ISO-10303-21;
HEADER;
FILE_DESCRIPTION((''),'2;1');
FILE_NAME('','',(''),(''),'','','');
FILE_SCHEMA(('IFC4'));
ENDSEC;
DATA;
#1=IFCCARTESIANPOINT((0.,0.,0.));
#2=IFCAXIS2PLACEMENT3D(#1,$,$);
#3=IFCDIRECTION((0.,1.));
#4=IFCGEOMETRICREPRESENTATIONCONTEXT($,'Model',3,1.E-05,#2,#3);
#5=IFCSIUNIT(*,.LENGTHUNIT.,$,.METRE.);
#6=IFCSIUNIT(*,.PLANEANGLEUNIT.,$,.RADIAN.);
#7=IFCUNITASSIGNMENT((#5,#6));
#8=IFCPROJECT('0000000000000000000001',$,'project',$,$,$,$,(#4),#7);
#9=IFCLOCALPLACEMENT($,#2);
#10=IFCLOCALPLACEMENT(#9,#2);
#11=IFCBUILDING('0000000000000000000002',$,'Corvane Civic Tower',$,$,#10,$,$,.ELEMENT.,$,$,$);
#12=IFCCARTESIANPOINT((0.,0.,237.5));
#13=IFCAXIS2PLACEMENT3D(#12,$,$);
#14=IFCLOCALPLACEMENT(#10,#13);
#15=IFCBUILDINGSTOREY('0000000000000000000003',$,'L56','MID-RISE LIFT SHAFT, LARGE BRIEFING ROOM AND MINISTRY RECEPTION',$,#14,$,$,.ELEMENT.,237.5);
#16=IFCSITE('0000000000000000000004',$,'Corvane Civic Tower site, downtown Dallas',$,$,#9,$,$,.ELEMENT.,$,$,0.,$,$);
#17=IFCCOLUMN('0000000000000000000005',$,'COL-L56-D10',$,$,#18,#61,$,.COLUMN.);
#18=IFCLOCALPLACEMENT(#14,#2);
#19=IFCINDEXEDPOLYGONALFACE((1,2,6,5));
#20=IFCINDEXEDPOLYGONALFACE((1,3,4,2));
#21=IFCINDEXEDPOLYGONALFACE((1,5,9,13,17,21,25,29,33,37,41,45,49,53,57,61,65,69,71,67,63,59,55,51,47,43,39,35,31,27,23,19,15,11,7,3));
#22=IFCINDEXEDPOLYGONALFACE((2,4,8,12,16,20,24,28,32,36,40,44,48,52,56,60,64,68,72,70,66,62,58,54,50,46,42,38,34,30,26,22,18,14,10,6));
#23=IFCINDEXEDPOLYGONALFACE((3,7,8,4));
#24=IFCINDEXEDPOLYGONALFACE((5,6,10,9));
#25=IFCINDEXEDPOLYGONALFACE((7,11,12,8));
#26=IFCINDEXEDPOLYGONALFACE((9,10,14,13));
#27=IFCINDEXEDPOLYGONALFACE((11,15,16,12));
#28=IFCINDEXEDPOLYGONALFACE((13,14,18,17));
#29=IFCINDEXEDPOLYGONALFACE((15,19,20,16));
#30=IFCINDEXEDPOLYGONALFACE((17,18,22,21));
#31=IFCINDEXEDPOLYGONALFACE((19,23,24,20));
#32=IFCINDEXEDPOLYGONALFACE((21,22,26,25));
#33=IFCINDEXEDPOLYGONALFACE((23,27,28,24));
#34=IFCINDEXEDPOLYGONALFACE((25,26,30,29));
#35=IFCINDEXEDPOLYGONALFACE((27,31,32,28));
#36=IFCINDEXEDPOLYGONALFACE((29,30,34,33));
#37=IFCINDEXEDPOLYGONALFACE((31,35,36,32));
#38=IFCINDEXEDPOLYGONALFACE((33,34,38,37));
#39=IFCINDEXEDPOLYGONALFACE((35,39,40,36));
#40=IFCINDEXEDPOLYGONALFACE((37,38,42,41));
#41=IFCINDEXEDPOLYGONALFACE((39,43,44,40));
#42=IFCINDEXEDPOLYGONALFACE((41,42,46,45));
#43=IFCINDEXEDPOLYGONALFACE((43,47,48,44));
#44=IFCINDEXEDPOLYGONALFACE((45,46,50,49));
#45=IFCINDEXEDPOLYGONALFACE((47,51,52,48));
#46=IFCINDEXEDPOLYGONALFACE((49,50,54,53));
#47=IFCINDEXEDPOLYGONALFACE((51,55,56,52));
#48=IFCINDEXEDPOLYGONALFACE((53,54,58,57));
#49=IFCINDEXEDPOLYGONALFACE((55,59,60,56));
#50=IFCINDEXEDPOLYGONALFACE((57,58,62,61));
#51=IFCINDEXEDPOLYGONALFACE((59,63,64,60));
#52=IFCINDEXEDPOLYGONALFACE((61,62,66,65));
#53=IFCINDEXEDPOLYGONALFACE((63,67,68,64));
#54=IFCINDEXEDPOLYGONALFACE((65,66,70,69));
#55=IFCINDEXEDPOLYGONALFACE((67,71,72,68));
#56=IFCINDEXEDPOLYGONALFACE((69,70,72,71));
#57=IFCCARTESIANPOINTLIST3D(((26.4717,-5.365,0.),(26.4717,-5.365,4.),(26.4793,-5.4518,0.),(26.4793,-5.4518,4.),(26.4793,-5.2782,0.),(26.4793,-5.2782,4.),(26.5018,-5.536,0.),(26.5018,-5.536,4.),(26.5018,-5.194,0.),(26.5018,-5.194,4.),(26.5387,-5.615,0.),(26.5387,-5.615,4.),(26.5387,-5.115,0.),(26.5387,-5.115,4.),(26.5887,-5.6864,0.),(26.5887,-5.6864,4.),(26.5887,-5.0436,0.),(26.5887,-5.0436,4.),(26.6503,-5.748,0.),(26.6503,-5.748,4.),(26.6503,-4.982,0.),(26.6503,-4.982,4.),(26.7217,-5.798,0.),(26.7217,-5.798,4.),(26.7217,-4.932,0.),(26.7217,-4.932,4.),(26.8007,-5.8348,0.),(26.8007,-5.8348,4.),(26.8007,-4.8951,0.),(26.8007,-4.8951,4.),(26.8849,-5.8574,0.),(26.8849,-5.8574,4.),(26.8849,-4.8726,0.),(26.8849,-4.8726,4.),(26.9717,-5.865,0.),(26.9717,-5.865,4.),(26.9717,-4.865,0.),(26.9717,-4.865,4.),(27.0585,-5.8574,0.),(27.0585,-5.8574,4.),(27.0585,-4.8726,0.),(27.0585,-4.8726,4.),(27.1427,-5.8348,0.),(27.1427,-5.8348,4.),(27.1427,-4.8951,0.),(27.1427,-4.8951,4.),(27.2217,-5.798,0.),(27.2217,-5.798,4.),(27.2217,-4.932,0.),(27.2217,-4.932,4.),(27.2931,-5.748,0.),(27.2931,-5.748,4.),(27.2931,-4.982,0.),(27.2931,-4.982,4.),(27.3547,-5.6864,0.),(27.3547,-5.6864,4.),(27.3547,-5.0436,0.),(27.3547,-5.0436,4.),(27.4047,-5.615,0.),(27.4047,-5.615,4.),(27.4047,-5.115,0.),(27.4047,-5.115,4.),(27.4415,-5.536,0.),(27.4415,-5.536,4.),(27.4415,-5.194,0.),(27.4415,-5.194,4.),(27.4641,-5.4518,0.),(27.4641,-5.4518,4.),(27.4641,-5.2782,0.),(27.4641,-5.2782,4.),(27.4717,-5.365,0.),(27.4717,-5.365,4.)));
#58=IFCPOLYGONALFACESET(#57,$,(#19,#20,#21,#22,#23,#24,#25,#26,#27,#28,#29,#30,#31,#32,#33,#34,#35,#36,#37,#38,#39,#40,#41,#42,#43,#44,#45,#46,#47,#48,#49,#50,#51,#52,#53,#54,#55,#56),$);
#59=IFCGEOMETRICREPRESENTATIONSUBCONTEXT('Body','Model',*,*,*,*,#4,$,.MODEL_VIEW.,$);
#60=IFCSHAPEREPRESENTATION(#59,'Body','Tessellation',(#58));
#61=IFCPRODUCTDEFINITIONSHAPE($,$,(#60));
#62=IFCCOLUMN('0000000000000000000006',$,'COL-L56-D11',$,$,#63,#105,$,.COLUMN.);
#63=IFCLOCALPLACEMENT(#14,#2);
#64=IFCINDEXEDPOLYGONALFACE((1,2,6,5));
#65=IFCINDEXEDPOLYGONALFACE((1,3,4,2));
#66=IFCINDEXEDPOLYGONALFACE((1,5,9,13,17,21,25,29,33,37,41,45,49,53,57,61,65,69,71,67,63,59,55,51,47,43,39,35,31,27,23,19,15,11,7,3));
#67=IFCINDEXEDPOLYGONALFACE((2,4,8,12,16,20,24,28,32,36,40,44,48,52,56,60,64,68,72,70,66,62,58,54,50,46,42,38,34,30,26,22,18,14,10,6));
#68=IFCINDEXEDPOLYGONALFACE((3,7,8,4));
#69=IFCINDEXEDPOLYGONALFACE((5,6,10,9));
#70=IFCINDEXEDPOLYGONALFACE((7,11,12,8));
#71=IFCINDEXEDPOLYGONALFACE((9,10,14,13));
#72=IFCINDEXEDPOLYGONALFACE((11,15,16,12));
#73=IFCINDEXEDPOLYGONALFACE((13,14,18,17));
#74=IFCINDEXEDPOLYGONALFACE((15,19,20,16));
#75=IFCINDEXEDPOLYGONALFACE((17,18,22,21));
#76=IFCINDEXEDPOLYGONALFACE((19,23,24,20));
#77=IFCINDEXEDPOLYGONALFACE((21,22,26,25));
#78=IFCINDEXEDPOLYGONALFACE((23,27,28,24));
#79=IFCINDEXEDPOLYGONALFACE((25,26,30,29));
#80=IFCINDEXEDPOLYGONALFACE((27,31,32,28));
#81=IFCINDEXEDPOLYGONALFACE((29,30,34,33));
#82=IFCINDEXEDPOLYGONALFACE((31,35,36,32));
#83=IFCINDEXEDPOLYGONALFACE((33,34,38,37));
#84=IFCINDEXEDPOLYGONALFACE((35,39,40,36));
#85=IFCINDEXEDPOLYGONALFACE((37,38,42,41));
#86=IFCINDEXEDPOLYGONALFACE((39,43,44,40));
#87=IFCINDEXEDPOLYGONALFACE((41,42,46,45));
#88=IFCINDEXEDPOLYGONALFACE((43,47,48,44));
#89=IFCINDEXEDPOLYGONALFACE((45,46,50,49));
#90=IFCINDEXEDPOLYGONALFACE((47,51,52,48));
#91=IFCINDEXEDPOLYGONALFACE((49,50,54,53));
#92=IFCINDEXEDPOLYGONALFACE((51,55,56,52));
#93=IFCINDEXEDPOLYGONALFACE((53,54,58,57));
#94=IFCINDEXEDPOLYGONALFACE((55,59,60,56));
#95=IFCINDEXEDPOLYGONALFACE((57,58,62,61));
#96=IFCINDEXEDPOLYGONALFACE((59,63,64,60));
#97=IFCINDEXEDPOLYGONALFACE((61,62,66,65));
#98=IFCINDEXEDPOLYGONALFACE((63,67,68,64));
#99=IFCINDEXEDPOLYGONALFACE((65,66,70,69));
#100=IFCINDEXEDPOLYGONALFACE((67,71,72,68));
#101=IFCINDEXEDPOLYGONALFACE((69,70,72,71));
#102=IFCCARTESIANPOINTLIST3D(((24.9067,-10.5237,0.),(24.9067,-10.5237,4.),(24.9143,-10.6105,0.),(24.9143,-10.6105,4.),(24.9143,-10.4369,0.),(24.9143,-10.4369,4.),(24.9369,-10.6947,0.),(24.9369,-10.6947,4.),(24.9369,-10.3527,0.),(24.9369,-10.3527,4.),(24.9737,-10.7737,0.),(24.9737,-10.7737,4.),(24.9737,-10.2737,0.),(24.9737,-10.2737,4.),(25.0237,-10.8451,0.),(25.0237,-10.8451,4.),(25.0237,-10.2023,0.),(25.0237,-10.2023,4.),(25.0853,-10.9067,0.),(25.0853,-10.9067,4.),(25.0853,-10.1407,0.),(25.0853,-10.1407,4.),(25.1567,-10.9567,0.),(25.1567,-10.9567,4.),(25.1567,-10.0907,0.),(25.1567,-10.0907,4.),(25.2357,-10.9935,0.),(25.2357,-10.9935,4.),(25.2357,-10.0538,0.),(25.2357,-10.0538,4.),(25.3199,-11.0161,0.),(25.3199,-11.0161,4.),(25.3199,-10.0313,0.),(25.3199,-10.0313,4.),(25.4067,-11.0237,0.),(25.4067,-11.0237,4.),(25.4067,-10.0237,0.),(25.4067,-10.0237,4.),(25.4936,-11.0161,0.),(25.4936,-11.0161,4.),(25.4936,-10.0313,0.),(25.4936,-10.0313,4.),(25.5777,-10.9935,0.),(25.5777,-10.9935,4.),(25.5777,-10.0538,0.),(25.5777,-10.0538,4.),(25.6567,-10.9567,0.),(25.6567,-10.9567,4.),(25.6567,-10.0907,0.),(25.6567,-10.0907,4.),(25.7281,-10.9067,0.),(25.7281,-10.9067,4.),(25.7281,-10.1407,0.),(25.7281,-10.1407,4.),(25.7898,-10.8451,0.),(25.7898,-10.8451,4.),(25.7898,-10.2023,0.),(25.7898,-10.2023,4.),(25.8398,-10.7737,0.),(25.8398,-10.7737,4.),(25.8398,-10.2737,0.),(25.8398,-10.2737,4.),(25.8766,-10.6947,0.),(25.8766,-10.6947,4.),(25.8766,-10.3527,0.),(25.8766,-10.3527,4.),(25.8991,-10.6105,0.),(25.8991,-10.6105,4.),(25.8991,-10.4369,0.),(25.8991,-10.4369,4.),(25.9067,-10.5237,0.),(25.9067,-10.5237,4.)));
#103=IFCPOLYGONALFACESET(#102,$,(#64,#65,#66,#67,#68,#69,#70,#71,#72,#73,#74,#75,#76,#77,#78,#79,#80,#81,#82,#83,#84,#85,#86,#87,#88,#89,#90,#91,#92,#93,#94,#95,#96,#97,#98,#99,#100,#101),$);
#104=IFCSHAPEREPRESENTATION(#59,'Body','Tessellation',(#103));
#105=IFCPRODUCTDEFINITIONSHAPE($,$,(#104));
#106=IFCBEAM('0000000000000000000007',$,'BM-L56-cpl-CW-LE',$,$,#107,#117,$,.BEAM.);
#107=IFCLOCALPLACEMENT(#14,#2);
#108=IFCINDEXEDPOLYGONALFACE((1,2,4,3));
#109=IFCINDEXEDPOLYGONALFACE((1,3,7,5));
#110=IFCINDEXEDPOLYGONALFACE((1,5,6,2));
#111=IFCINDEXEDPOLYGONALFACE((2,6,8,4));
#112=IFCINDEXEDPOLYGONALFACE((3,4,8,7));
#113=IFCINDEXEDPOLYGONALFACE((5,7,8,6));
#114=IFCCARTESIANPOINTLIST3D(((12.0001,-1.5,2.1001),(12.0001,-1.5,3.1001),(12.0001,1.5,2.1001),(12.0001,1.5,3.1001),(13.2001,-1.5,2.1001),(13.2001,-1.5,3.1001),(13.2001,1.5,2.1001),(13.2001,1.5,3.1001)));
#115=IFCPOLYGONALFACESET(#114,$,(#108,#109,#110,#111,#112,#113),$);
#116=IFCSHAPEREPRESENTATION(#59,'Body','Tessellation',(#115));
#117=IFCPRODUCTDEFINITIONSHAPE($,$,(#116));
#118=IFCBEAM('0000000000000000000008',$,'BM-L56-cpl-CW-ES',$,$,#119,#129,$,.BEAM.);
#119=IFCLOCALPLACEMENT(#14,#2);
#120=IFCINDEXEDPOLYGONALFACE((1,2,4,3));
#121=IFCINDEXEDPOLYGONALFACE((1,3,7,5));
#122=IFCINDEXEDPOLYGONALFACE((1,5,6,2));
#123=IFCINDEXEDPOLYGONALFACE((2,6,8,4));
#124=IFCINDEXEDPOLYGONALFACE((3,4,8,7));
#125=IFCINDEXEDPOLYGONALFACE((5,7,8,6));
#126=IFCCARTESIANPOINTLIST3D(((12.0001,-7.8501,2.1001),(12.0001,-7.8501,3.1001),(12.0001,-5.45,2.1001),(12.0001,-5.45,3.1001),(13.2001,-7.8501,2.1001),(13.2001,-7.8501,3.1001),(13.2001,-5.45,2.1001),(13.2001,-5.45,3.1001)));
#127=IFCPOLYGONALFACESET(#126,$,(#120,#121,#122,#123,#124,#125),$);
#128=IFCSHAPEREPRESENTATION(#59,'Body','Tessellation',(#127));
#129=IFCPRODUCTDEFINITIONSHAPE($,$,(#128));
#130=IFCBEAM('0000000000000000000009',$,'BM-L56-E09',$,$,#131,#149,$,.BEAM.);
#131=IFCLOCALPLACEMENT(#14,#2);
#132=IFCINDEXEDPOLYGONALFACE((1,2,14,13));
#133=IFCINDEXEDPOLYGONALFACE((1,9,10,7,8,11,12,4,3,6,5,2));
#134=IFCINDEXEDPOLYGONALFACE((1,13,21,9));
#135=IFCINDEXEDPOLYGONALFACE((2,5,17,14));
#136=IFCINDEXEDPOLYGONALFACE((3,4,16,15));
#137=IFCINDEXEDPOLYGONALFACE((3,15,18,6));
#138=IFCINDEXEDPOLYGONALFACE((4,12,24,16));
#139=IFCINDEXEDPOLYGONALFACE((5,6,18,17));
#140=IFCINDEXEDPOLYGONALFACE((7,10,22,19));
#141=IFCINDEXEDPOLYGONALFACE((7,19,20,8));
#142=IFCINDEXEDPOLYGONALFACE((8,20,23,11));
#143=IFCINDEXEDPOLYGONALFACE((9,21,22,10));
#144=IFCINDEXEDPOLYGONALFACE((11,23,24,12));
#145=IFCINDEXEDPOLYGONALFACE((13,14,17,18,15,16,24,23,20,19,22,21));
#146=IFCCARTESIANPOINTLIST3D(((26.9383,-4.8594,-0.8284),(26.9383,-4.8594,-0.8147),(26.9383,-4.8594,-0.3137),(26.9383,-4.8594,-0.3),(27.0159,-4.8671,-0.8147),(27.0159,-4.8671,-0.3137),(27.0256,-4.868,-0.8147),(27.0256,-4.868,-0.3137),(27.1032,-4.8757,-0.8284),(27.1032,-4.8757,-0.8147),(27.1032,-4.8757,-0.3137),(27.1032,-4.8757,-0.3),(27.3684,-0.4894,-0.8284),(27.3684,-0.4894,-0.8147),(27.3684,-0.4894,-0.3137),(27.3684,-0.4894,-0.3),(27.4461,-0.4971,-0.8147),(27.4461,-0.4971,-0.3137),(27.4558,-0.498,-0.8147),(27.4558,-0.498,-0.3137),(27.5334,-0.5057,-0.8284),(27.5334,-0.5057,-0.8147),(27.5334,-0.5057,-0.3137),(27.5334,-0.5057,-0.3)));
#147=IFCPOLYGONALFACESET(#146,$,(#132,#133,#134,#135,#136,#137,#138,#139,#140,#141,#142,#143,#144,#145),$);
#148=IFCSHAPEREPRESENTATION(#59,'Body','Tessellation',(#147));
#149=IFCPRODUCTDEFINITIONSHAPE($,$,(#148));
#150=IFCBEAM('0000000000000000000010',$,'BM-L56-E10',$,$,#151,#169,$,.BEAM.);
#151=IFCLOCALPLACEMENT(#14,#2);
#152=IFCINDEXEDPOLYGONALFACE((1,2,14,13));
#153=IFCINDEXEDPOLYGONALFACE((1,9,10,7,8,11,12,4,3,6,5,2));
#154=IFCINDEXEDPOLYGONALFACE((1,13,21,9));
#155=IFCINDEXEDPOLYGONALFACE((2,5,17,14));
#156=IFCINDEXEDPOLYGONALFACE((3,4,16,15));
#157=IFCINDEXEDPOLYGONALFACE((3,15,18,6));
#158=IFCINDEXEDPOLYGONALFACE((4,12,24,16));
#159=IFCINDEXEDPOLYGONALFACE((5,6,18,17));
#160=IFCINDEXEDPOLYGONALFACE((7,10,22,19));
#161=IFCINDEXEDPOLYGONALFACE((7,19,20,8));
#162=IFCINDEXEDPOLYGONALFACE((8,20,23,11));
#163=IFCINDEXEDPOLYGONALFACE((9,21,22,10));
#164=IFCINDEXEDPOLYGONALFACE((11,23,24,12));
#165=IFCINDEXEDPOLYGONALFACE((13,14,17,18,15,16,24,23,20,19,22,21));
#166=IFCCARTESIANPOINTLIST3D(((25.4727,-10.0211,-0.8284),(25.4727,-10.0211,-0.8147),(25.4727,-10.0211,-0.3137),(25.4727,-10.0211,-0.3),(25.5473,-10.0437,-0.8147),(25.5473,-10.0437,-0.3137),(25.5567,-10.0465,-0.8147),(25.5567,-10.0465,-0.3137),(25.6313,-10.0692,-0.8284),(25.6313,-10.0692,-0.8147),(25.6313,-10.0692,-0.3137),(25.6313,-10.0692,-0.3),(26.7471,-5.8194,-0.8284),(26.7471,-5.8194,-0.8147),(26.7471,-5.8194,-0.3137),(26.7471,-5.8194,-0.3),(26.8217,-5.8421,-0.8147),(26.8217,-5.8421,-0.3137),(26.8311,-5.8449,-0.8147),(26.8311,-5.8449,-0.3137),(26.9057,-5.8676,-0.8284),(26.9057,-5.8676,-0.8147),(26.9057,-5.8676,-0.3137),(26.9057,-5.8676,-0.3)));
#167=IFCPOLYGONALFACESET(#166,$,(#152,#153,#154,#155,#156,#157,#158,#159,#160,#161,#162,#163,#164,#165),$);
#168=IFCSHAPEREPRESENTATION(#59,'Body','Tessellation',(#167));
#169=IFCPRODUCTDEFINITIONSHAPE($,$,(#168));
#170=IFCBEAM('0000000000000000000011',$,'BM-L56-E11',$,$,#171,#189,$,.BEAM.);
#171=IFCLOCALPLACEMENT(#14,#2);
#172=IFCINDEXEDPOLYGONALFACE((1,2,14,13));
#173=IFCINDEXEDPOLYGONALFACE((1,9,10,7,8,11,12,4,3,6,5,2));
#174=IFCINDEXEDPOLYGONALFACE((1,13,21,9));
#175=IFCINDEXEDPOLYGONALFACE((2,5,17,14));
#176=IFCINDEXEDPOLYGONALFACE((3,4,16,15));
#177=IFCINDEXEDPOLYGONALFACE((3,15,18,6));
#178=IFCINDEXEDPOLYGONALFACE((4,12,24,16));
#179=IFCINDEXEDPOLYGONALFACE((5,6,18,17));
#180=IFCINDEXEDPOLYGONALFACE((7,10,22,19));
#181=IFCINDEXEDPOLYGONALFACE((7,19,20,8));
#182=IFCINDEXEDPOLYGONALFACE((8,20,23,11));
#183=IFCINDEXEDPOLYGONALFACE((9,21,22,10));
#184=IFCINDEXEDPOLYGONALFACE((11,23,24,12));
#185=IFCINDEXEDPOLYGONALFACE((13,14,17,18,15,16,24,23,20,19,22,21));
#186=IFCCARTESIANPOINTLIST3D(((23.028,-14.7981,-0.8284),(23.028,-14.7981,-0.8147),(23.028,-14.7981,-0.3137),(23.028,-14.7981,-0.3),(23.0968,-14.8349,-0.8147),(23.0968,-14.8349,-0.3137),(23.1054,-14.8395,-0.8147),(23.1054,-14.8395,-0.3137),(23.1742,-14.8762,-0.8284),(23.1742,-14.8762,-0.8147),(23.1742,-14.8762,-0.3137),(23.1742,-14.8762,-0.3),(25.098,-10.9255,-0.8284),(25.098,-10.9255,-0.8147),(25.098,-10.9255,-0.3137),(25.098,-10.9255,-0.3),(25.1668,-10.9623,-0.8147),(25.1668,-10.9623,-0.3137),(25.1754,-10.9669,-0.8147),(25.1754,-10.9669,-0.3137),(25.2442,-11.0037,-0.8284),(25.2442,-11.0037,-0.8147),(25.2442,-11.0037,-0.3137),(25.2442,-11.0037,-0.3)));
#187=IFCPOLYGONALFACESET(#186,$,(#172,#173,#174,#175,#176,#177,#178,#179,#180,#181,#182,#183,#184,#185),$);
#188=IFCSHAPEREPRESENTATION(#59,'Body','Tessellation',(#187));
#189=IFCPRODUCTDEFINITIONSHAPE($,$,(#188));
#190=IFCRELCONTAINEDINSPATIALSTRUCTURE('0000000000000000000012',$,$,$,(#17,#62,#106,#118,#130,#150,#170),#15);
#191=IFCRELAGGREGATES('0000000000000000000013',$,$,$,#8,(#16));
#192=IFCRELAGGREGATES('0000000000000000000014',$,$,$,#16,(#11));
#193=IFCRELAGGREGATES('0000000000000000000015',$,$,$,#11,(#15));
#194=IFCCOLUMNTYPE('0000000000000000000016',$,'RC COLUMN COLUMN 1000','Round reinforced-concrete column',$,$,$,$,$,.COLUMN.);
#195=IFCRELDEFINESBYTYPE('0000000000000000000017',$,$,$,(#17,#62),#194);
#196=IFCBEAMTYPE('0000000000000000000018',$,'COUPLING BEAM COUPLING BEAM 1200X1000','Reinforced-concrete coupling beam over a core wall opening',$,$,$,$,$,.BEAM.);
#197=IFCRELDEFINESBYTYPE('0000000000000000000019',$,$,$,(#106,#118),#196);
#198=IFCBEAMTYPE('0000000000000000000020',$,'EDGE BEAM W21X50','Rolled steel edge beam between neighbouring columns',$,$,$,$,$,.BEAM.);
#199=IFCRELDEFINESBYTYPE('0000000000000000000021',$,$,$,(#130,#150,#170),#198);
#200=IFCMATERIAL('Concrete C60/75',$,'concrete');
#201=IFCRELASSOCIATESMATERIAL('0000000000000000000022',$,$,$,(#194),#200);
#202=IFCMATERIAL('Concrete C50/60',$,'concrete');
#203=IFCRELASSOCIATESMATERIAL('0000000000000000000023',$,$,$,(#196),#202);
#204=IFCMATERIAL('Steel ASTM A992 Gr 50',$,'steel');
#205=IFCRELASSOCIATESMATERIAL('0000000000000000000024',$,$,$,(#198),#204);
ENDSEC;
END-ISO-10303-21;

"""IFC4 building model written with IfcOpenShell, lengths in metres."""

from ifc_helpers import new_model, si_unit, direction, frame, origin, origin_2d, place, context, subcontext, project, spatial, rectangle, circle, i_section, extrude, material, material_profile, profile_set, type_object, element, save


model = new_model("IFC4")

# Units and contexts
model_context = context("Model", 3, precision=1e-05, world=origin(), true_north=direction((0.0, 1.0)))
body_context = subcontext(model_context, "Body", "Model", "MODEL_VIEW")
ifc_project = project(units=[si_unit("LENGTHUNIT", "METRE"), si_unit("PLANEANGLEUNIT", "RADIAN")], contexts=[model_context])

# Site, building, storey
site_placement = place(None, origin())
site = spatial("IfcSite", under=ifc_project, at=site_placement, Name="Corvane Civic Tower site, downtown Dallas", CompositionType="ELEMENT", RefElevation=0.0)
building_placement = place(site_placement, origin())
building = spatial("IfcBuilding", under=site, at=building_placement, Name="Corvane Civic Tower", CompositionType="ELEMENT")
storey_placement = place(building_placement, frame((0.0, 0.0, 237.5)))
storey = spatial("IfcBuildingStorey", under=building, at=storey_placement, Name="L56", Description="MID-RISE LIFT SHAFT, LARGE BRIEFING ROOM AND MINISTRY RECEPTION", CompositionType="ELEMENT", Elevation=237.5)

# Columns
ifc_material_1 = material(Name="Concrete C60/75", Category="concrete")
ifc_material_profile_1 = material_profile(ifc_material_1, circle(Radius=0.5, at=origin_2d()), Name="COLUMN 1000")
ifc_profile_set_1 = profile_set([ifc_material_profile_1], Name="Concrete C60/75")
column_type = type_object("IfcColumnType", Name="RC COLUMN COLUMN 1000", Description="Round reinforced-concrete column", PredefinedType="COLUMN", material=ifc_profile_set_1)
for number, where, z_axis, x_axis, name in (
    (1, (26.9717, -5.365, 0.0), (0.0, 0.0, 1.0), (1.0, 0.0, 0.0), "COL-L56-D10"),
    (2, (25.4067, -10.5237, 0.0), (0.0, 0.0, 1.0), (1.0, 0.0, 0.0), "COL-L56-D11"),
):
    element("IfcColumn", number, at=place(storey_placement, frame(where, z_axis=z_axis, x_axis=x_axis)), inside=storey, type_object=column_type, Name=name, PredefinedType="COLUMN", context=body_context, shape_type="SweptSolid", body=[
        extrude(circle(Radius=0.5, at=origin_2d()), origin(), (0.0, 0.0, 1.0), 4.0),
    ])

# Beams
ifc_material_2 = material(Name="Concrete C50/60", Category="concrete")
ifc_material_profile_2 = material_profile(ifc_material_2, rectangle(XDim=1.2, YDim=1.0, at=origin_2d()), Name="COUPLING BEAM 1200X1000")
ifc_profile_set_2 = profile_set([ifc_material_profile_2], Name="Concrete C50/60")
beam_type_1 = type_object("IfcBeamType", Name="COUPLING BEAM COUPLING BEAM 1200X1000", Description="Reinforced-concrete coupling beam over a core wall opening", PredefinedType="BEAM", material=ifc_profile_set_2)
beam_1_placement = place(storey_placement, frame((12.6001, -1.5, 2.6001), z_axis=(0.0, 1.0, 0.0), x_axis=(-1.0, 0.0, 0.0)))
element("IfcBeam", 3, at=beam_1_placement, inside=storey, type_object=beam_type_1, Name="BM-L56-cpl-CW-LE", PredefinedType="BEAM", context=body_context, shape_type="SweptSolid", body=[
    extrude(rectangle(XDim=1.2, YDim=1.0, at=origin_2d()), origin(), (0.0, 0.0, 1.0), 3.0),
])
beam_2_placement = place(storey_placement, frame((12.6001, -7.8501, 2.6001), z_axis=(0.0, 1.0, 0.0), x_axis=(-1.0, 0.0, 0.0)))
element("IfcBeam", 4, at=beam_2_placement, inside=storey, type_object=beam_type_1, Name="BM-L56-cpl-CW-ES", PredefinedType="BEAM", context=body_context, shape_type="SweptSolid", body=[
    extrude(rectangle(XDim=1.2, YDim=1.0, at=origin_2d()), origin(), (0.0, 0.0, 1.0), 2.4001),
])
ifc_material_3 = material(Name="Steel ASTM A992 Gr 50", Category="steel")
ifc_material_profile_3 = material_profile(ifc_material_3, i_section(OverallWidth=0.1658, OverallDepth=0.5283, WebThickness=0.0098, FlangeThickness=0.0137, at=origin_2d()), Name="W21X50")
ifc_profile_set_3 = profile_set([ifc_material_profile_3], Name="Steel ASTM A992 Gr 50")
beam_type_2 = type_object("IfcBeamType", Name="EDGE BEAM W21X50", Description="Rolled steel edge beam between neighbouring columns", PredefinedType="BEAM", material=ifc_profile_set_3)
beam_3_placement = place(storey_placement, frame((27.4509, -0.4976, -0.5642), z_axis=(-0.097968, -0.99519, 0.0), x_axis=(0.99519, -0.097968, 0.0)))
element("IfcBeam", 5, at=beam_3_placement, inside=storey, type_object=beam_type_2, Name="BM-L56-E09", PredefinedType="BEAM", context=body_context, shape_type="SweptSolid", body=[
    extrude(i_section(OverallWidth=0.1658, OverallDepth=0.5283, WebThickness=0.0098, FlangeThickness=0.0137, at=origin_2d()), origin(), (0.0, 0.0, 1.0), 4.3911),
])
beam_4_placement = place(storey_placement, frame((26.8264, -5.8435, -0.5642), z_axis=(-0.290254, -0.95695, 0.0), x_axis=(0.95695, -0.290254, 0.0)))
element("IfcBeam", 6, at=beam_4_placement, inside=storey, type_object=beam_type_2, Name="BM-L56-E10", PredefinedType="BEAM", context=body_context, shape_type="SweptSolid", body=[
    extrude(i_section(OverallWidth=0.1658, OverallDepth=0.5283, WebThickness=0.0098, FlangeThickness=0.0137, at=origin_2d()), origin(), (0.0, 0.0, 1.0), 4.3906),
])
beam_5_placement = place(storey_placement, frame((25.1711, -10.9646, -0.5642), z_axis=(-0.471422, -0.881908, 0.0), x_axis=(0.881908, -0.471422, 0.0)))
element("IfcBeam", 7, at=beam_5_placement, inside=storey, type_object=beam_type_2, Name="BM-L56-E11", PredefinedType="BEAM", context=body_context, shape_type="SweptSolid", body=[
    extrude(i_section(OverallWidth=0.1658, OverallDepth=0.5283, WebThickness=0.0098, FlangeThickness=0.0137, at=origin_2d()), origin(), (0.0, 0.0, 1.0), 4.3911),
])

save(model, "model.ifc")
